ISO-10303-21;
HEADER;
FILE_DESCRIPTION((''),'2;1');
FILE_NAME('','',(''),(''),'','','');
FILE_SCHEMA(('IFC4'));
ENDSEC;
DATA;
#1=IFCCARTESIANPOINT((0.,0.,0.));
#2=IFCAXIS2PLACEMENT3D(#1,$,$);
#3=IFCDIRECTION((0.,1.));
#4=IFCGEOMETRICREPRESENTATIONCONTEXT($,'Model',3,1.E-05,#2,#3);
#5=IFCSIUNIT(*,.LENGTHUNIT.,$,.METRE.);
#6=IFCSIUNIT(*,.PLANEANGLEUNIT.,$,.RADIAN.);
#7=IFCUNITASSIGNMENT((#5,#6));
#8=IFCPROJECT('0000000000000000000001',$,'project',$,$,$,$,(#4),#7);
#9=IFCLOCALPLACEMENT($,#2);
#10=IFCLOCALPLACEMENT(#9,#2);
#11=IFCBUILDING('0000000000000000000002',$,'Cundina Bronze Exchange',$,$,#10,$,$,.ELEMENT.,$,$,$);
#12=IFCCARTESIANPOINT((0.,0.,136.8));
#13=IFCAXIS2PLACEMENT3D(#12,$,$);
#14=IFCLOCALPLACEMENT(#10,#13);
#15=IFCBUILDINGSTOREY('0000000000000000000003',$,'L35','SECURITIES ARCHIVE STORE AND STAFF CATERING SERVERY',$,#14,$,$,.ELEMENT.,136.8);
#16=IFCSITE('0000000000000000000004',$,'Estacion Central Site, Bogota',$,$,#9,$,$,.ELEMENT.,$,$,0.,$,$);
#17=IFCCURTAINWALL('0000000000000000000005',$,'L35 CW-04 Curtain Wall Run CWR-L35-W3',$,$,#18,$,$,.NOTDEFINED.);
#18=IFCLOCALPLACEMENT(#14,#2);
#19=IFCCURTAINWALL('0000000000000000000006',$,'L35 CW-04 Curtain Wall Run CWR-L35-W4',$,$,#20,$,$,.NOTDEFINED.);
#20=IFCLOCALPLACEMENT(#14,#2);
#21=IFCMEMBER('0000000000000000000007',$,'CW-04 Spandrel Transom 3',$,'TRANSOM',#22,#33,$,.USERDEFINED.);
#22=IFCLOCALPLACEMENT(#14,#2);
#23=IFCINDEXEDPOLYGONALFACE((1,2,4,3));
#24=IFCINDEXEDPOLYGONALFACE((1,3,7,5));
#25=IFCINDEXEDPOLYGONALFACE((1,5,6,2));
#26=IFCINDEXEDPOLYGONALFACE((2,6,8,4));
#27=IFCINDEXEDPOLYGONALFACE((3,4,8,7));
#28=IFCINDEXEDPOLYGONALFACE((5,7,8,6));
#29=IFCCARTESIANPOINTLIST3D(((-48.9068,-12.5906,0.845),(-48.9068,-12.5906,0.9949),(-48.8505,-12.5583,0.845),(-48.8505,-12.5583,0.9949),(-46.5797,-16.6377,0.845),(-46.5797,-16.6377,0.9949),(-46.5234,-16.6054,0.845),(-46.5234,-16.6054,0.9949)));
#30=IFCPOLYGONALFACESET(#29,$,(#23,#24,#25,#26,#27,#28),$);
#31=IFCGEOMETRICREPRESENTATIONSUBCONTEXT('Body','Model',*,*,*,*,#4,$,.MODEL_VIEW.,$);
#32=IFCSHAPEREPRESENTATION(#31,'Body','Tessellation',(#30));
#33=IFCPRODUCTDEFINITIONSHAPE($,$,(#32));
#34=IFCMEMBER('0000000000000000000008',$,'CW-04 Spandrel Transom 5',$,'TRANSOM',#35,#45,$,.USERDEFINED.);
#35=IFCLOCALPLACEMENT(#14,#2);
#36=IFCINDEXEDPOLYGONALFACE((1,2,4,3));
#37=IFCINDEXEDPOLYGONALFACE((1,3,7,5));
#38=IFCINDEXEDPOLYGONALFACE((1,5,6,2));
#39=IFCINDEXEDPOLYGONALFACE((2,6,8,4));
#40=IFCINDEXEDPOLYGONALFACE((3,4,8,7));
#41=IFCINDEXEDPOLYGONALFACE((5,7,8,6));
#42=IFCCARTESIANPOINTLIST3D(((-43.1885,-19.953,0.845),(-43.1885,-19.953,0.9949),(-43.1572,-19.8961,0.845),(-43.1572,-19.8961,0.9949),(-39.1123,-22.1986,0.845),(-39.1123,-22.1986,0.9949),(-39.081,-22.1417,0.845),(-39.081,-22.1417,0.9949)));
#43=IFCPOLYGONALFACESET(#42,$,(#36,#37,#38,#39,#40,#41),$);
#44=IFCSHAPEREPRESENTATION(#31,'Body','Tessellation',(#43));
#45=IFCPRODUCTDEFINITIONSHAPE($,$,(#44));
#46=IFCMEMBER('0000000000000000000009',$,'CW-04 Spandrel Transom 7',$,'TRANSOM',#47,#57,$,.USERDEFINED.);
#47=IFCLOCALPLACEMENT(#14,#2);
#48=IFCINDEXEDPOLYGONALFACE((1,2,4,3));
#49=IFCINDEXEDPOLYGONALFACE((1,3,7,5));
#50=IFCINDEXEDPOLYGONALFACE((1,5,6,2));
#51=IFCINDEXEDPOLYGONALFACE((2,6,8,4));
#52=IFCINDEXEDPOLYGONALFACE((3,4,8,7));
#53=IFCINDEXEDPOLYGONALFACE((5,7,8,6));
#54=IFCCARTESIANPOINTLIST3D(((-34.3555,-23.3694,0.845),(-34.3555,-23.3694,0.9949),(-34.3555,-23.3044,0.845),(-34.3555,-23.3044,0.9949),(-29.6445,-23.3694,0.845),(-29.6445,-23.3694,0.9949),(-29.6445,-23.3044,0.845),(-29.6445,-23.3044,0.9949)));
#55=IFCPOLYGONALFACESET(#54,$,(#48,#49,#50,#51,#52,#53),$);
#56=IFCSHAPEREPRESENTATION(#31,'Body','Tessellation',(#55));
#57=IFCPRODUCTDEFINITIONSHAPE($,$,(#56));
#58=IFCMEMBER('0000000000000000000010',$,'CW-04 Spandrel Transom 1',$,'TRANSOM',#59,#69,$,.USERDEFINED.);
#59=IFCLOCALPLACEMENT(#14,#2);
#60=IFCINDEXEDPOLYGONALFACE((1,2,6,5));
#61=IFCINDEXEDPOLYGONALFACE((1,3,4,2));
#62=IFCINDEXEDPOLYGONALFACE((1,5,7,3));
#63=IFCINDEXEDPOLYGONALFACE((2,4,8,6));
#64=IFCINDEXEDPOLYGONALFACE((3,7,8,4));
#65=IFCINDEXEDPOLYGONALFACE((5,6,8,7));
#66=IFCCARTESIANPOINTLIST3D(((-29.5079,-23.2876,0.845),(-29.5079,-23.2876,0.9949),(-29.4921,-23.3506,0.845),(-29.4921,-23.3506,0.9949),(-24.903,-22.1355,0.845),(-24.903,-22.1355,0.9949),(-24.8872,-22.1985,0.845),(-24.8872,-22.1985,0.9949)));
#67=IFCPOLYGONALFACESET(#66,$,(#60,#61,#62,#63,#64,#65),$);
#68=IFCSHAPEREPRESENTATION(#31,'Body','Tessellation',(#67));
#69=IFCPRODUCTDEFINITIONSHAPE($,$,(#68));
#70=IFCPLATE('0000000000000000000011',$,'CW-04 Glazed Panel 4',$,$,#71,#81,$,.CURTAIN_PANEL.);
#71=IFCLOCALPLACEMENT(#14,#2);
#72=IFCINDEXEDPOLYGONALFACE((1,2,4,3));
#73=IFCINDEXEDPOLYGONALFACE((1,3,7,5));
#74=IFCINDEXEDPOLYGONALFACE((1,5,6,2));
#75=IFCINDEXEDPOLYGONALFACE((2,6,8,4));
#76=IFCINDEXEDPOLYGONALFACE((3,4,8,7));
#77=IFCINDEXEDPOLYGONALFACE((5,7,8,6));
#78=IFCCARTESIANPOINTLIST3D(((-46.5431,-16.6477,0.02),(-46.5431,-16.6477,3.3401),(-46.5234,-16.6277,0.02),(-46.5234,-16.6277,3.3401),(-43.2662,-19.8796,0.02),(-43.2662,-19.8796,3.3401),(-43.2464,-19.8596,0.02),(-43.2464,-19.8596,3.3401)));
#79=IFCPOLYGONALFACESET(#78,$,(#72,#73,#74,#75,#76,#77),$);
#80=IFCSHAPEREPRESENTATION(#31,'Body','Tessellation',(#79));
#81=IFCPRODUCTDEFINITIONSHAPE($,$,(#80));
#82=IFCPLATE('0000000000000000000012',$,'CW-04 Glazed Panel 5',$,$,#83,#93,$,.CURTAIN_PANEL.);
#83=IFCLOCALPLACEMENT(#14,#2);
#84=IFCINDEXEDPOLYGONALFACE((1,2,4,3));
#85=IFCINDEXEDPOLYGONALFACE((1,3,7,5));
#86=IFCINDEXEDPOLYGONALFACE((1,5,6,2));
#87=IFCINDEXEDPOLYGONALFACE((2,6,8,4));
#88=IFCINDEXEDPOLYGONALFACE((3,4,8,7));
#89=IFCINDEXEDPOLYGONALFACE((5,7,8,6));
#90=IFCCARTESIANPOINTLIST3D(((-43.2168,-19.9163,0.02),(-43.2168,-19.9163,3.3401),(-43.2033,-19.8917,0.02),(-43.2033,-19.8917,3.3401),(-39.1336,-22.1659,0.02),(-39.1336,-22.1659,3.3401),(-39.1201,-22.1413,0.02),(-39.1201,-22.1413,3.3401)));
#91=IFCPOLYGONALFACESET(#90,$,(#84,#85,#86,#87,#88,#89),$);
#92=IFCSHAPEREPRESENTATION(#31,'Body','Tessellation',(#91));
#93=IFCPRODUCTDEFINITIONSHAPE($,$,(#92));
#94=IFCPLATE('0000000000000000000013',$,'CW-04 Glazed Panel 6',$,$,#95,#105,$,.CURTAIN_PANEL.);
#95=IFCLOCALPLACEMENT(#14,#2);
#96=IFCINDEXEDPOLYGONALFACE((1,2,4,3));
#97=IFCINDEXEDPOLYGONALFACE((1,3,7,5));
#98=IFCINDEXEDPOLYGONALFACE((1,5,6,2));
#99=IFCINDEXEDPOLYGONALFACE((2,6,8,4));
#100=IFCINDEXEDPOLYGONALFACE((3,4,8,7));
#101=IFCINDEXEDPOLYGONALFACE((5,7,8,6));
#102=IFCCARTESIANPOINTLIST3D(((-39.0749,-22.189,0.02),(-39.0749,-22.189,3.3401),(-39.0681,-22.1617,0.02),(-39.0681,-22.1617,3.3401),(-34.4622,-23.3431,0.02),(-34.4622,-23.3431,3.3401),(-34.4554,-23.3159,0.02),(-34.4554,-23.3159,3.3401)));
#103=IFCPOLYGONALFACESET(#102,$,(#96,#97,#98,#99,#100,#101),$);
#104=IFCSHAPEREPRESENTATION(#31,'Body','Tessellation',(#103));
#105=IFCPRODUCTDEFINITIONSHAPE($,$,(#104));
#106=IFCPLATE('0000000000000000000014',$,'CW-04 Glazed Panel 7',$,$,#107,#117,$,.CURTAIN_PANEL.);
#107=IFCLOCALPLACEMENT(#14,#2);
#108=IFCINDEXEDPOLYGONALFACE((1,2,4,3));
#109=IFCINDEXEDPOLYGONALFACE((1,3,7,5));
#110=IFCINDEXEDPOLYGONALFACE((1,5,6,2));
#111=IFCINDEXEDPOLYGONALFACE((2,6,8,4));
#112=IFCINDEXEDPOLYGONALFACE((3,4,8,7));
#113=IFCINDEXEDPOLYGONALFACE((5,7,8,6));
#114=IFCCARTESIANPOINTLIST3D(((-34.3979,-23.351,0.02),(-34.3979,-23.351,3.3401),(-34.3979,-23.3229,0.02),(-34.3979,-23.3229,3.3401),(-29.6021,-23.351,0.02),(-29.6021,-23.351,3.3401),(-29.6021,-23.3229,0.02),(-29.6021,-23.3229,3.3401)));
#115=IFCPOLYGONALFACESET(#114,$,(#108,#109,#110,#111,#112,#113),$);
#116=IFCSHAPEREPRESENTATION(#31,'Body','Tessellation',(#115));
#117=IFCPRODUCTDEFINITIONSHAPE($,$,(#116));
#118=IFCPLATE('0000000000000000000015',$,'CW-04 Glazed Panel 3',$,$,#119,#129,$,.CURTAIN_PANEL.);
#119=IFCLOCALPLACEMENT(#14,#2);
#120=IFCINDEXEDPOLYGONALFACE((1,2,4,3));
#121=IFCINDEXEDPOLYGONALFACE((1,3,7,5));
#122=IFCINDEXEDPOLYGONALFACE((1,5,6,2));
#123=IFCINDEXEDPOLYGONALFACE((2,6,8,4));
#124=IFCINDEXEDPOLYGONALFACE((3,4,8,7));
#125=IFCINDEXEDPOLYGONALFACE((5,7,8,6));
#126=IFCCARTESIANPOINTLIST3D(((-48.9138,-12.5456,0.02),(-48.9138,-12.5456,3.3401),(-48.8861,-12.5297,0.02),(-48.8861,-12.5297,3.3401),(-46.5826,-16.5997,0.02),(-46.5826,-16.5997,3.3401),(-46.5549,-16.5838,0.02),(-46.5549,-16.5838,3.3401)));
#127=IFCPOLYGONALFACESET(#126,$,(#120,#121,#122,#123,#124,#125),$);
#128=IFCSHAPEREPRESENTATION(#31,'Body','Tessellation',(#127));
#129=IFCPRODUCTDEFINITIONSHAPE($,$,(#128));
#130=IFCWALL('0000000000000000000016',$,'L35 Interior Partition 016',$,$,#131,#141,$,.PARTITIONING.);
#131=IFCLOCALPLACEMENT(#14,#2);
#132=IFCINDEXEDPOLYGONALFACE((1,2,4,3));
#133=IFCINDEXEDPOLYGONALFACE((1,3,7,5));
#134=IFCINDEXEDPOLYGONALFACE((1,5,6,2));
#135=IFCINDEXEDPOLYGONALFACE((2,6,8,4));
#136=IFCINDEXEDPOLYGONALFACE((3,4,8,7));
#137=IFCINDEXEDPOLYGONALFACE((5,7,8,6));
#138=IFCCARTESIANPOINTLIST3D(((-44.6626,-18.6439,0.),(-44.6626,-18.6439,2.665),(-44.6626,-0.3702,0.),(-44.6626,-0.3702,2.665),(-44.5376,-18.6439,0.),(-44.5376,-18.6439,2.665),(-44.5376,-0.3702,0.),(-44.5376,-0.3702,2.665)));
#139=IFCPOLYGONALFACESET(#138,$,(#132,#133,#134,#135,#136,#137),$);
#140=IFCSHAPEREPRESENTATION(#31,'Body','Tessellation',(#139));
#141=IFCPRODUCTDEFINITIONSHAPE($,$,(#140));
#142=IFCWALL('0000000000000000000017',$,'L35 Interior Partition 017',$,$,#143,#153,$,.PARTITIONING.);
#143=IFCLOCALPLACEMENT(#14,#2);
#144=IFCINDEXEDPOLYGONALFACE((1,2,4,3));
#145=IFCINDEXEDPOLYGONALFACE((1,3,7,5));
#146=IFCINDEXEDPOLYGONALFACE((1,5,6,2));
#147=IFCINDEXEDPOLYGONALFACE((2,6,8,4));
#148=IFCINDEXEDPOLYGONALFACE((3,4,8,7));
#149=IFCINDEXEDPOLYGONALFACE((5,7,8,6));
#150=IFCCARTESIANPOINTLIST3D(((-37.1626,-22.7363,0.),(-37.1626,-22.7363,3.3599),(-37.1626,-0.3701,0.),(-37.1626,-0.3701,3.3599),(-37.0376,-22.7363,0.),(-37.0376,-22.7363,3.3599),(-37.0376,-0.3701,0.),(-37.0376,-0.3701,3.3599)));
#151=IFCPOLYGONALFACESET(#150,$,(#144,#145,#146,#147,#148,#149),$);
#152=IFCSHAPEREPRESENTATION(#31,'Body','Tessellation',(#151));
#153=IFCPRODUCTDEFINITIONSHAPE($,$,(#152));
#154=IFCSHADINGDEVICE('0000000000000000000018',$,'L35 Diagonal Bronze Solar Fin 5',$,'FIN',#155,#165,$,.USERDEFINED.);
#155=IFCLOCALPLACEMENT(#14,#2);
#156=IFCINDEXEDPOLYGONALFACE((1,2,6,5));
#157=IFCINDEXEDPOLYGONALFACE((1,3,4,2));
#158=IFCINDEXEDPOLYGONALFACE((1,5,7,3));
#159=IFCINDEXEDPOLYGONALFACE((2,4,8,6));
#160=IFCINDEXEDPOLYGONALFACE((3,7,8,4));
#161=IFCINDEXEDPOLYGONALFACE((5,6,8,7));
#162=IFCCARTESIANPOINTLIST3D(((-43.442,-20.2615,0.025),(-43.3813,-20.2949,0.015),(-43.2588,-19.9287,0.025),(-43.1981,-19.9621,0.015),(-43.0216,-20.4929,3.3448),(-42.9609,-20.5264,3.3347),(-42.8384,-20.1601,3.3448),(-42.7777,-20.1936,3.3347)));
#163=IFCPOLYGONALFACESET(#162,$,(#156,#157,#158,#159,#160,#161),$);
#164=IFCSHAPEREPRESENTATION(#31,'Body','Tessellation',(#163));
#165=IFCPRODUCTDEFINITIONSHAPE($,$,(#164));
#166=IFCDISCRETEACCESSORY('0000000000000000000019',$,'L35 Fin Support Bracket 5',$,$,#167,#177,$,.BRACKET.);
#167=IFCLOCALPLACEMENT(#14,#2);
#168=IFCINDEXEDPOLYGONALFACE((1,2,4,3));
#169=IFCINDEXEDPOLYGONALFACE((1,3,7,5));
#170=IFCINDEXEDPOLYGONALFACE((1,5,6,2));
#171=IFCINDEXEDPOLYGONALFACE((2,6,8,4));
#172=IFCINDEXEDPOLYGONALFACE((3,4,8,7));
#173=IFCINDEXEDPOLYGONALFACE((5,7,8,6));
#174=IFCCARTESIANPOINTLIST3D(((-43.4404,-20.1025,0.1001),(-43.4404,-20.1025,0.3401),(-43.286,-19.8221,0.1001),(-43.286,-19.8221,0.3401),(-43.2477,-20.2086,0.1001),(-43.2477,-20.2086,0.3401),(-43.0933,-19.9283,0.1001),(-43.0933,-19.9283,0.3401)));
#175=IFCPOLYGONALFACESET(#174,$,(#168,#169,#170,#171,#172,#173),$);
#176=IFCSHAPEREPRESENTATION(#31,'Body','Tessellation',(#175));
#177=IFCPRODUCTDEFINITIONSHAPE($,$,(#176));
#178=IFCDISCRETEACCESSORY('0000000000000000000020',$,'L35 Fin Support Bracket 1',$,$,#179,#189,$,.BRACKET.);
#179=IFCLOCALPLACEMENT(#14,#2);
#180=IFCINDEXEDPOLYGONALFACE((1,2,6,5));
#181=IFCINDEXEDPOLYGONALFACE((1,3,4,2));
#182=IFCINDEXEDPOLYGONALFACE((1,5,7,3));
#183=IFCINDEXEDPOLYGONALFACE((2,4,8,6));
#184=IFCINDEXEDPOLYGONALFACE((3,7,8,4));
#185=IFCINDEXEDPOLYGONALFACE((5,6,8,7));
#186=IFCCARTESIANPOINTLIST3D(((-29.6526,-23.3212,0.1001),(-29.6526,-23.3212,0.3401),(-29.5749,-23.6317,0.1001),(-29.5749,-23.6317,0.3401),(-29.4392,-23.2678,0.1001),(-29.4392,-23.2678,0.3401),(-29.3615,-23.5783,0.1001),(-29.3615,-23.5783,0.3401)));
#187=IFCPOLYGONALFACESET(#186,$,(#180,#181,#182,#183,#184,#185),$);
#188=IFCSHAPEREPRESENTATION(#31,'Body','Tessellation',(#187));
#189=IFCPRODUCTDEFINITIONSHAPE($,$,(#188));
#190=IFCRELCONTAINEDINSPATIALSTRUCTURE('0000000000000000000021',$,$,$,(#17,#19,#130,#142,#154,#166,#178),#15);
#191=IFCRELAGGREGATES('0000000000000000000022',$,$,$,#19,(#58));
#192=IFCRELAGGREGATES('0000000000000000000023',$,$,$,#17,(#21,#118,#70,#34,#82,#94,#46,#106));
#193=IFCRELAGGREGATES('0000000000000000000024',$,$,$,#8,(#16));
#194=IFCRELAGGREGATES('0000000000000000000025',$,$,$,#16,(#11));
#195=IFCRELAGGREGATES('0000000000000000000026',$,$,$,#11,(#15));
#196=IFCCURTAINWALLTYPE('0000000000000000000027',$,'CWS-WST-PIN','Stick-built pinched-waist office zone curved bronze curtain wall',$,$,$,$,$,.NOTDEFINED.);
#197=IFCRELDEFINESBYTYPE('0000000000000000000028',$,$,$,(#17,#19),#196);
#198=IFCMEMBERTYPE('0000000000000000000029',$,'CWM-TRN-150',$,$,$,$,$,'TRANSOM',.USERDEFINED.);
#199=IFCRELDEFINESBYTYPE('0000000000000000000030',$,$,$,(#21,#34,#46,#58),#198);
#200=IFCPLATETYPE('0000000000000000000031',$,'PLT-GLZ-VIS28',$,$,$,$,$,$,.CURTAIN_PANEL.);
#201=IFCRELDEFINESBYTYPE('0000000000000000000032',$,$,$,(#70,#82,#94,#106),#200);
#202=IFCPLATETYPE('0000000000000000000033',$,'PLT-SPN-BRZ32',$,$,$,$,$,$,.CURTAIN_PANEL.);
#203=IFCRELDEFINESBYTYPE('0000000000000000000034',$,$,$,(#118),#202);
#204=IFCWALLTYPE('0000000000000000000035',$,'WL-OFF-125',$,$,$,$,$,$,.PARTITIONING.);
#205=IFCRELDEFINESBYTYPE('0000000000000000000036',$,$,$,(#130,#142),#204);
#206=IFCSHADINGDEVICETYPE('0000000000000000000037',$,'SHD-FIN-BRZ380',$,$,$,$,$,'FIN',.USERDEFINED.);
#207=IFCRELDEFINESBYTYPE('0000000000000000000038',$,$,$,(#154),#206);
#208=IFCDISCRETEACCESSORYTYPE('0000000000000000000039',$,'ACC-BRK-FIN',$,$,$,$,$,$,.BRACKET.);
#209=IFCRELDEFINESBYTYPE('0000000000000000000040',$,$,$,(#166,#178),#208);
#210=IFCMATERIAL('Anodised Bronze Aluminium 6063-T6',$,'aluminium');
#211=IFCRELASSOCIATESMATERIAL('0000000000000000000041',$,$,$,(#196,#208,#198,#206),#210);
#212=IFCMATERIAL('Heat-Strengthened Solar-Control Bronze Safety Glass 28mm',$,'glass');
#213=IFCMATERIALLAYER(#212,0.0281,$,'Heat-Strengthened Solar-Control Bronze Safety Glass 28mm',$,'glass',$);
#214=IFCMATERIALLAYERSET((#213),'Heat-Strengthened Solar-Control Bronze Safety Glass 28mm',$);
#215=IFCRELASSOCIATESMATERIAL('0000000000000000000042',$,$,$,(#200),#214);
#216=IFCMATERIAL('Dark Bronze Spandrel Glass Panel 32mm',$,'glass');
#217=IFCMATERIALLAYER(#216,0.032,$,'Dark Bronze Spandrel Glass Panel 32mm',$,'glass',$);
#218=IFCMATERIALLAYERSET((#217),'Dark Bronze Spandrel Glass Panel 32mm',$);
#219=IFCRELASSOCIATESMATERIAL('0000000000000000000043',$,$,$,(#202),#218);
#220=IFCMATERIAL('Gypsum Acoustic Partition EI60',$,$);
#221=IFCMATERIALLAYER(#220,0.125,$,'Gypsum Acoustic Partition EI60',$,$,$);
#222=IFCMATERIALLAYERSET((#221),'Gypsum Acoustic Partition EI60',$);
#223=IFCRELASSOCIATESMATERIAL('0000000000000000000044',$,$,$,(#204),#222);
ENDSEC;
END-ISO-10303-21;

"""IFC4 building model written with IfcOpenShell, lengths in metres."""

from ifc_helpers import new_model, si_unit, direction, frame, frame_2d, origin, origin_2d, place, context, subcontext, project, spatial, rectangle, extrude, material, layer, layer_set, material_profile, profile_set, type_object, element, aggregate, save


model = new_model("IFC4")

# Units and contexts
model_context = context("Model", 3, precision=1e-05, world=origin(), true_north=direction((0.0, 1.0)))
body_context = subcontext(model_context, "Body", "Model", "MODEL_VIEW")
ifc_project = project(units=[si_unit("LENGTHUNIT", "METRE"), si_unit("PLANEANGLEUNIT", "RADIAN")], contexts=[model_context])

# Site, building, storey
site_placement = place(None, origin())
site = spatial("IfcSite", under=ifc_project, at=site_placement, Name="Estacion Central Site, Bogota", CompositionType="ELEMENT", RefElevation=0.0)
building_placement = place(site_placement, origin())
building = spatial("IfcBuilding", under=site, at=building_placement, Name="Cundina Bronze Exchange", CompositionType="ELEMENT")
storey_placement = place(building_placement, frame((0.0, 0.0, 136.8)))
storey = spatial("IfcBuildingStorey", under=building, at=storey_placement, Name="L35", Description="SECURITIES ARCHIVE STORE AND STAFF CATERING SERVERY", CompositionType="ELEMENT", Elevation=136.8)

# Curtain wall
ifc_material_1 = material(Name="Anodised Bronze Aluminium 6063-T6", Category="aluminium")
curtain_wall_type = type_object("IfcCurtainWallType", Name="CWS-WST-PIN", Description="Stick-built pinched-waist office zone curved bronze curtain wall", PredefinedType="NOTDEFINED", material=ifc_material_1)
curtain_wall_1_placement = place(storey_placement, origin())
curtain_wall_1 = element("IfcCurtainWall", 1, at=curtain_wall_1_placement, inside=storey, type_object=curtain_wall_type, Name="L35 CW-04 Curtain Wall Run CWR-L35-W3", PredefinedType="NOTDEFINED")

# Curtain wall
curtain_wall_2_placement = place(storey_placement, origin())
curtain_wall_2 = element("IfcCurtainWall", 2, at=curtain_wall_2_placement, inside=storey, type_object=curtain_wall_type, Name="L35 CW-04 Curtain Wall Run CWR-L35-W4", PredefinedType="NOTDEFINED")

# Members
ifc_material_profile_1 = material_profile(ifc_material_1, rectangle(XDim=0.0649, YDim=0.1499, at=origin_2d()), Name="AL65X150", Category="aluminium")
ifc_profile_set_1 = profile_set([ifc_material_profile_1], Name="Anodised Bronze Aluminium 6063-T6")
member_type_1 = type_object("IfcMemberType", Name="CWM-TRN-150", ElementType="TRANSOM", PredefinedType="USERDEFINED", material=ifc_profile_set_1)
member_1_placement = place(storey_placement, frame((-48.8787, -12.5745, 0.9199), z_axis=(0.49848, -0.866901, 0.0), x_axis=(0.866901, 0.49848, 0.0)))
member_1 = element("IfcMember", 3, at=member_1_placement, type_object=member_type_1, Name="CW-04 Spandrel Transom 3", ObjectType="TRANSOM", PredefinedType="USERDEFINED", context=body_context, shape_type="SweptSolid", body=[
    extrude(rectangle(XDim=0.0649, YDim=0.1499, at=origin_2d()), origin(), (0.0, 0.0, 1.0), 4.6685),
])
member_2_placement = place(storey_placement, frame((-43.1729, -19.9246, 0.9199), z_axis=(0.875879, -0.482531, 0.0), x_axis=(0.482531, 0.875879, 0.0)))
member_2 = element("IfcMember", 4, at=member_2_placement, type_object=member_type_1, Name="CW-04 Spandrel Transom 5", ObjectType="TRANSOM", PredefinedType="USERDEFINED", context=body_context, shape_type="SweptSolid", body=[
    extrude(rectangle(XDim=0.0649, YDim=0.1499, at=origin_2d()), origin(), (0.0, 0.0, 1.0), 4.6538),
])
member_3_placement = place(storey_placement, frame((-34.3555, -23.3369, 0.9199), z_axis=(1.0, 0.0, 0.0), x_axis=(0.0, 1.0, 0.0)))
member_3 = element("IfcMember", 5, at=member_3_placement, type_object=member_type_1, Name="CW-04 Spandrel Transom 7", ObjectType="TRANSOM", PredefinedType="USERDEFINED", context=body_context, shape_type="SweptSolid", body=[
    extrude(rectangle(XDim=0.0649, YDim=0.1499, at=origin_2d()), origin(), (0.0, 0.0, 1.0), 4.7109),
])
member_4_placement = place(storey_placement, frame((-29.5, -23.3191, 0.9199), z_axis=(0.9701, 0.242705, 0.0), x_axis=(-0.242705, 0.9701, 0.0)))
member_4 = element("IfcMember", 6, at=member_4_placement, type_object=member_type_1, Name="CW-04 Spandrel Transom 1", ObjectType="TRANSOM", PredefinedType="USERDEFINED", context=body_context, shape_type="SweptSolid", body=[
    extrude(rectangle(XDim=0.0649, YDim=0.1499, at=origin_2d()), origin(), (0.0, 0.0, 1.0), 4.7468),
])
aggregate(curtain_wall_2, [member_4])

# Plates
ifc_material_2 = material(Name="Heat-Strengthened Solar-Control Bronze Safety Glass 28mm", Category="glass")
ifc_layer_1 = layer(ifc_material_2, 0.0281, Name="Heat-Strengthened Solar-Control Bronze Safety Glass 28mm", Category="glass")
ifc_layer_set_1 = layer_set([ifc_layer_1], Name="Heat-Strengthened Solar-Control Bronze Safety Glass 28mm")
plate_type_1 = type_object("IfcPlateType", Name="PLT-GLZ-VIS28", PredefinedType="CURTAIN_PANEL", material=ifc_layer_set_1)
plate_1_placement = place(storey_placement, frame((-44.8948, -18.2537, 0.02), z_axis=(0.0, 0.0, 1.0), x_axis=(0.711989, -0.70219, 0.0)))
plate_1 = element("IfcPlate", 7, at=plate_1_placement, type_object=plate_type_1, Name="CW-04 Glazed Panel 4", PredefinedType="CURTAIN_PANEL", context=body_context, shape_type="SweptSolid", body=[
    extrude(rectangle(XDim=4.6025, YDim=0.0281, at=origin_2d()), origin(), (0.0, 0.0, 1.0), 3.3201),
])
plate_2_placement = place(storey_placement, frame((-41.1685, -21.0288, 0.02), z_axis=(0.0, 0.0, 1.0), x_axis=(0.875869, -0.482549, 0.0)))
plate_2 = element("IfcPlate", 8, at=plate_2_placement, type_object=plate_type_1, Name="CW-04 Glazed Panel 5", PredefinedType="CURTAIN_PANEL", context=body_context, shape_type="SweptSolid", body=[
    extrude(rectangle(XDim=4.6619, YDim=0.0281, at=origin_2d()), origin(), (0.0, 0.0, 1.0), 3.3201),
])
plate_3_placement = place(storey_placement, frame((-36.7651, -22.7524, 0.02), z_axis=(0.0, 0.0, 1.0), x_axis=(0.970093, -0.242735, 0.0)))
plate_3 = element("IfcPlate", 9, at=plate_3_placement, type_object=plate_type_1, Name="CW-04 Glazed Panel 6", PredefinedType="CURTAIN_PANEL", context=body_context, shape_type="SweptSolid", body=[
    extrude(rectangle(XDim=4.7549, YDim=0.0281, at=origin_2d()), origin(), (0.0, 0.0, 1.0), 3.3201),
])
plate_4_placement = place(storey_placement, frame((-32.0, -23.3369, 0.02), z_axis=(0.0, 0.0, 1.0), x_axis=(1.0, 0.0, 0.0)))
plate_4 = element("IfcPlate", 10, at=plate_4_placement, type_object=plate_type_1, Name="CW-04 Glazed Panel 7", PredefinedType="CURTAIN_PANEL", context=body_context, shape_type="SweptSolid", body=[
    extrude(rectangle(XDim=4.7959, YDim=0.0281, at=origin_2d()), origin(), (0.0, 0.0, 1.0), 3.3201),
])
ifc_material_3 = material(Name="Dark Bronze Spandrel Glass Panel 32mm", Category="glass")
ifc_layer_2 = layer(ifc_material_3, 0.032, Name="Dark Bronze Spandrel Glass Panel 32mm", Category="glass")
ifc_layer_set_2 = layer_set([ifc_layer_2], Name="Dark Bronze Spandrel Glass Panel 32mm")
plate_type_2 = type_object("IfcPlateType", Name="PLT-SPN-BRZ32", PredefinedType="CURTAIN_PANEL", material=ifc_layer_set_2)
plate_5_placement = place(storey_placement, frame((-47.7344, -14.5647, 0.02), z_axis=(0.0, 0.0, 1.0), x_axis=(0.498488, -0.866897, 0.0)))
plate_5 = element("IfcPlate", 11, at=plate_5_placement, type_object=plate_type_2, Name="CW-04 Glazed Panel 3", PredefinedType="CURTAIN_PANEL", context=body_context, shape_type="SweptSolid", body=[
    extrude(rectangle(XDim=4.6765, YDim=0.032, at=origin_2d()), origin(), (0.0, 0.0, 1.0), 3.3201),
])
aggregate(curtain_wall_1, [member_1, plate_5, plate_1, member_2, plate_2, plate_3, member_3, plate_4])

# Walls
ifc_material_4 = material(Name="Gypsum Acoustic Partition EI60")
ifc_layer_3 = layer(ifc_material_4, 0.125, Name="Gypsum Acoustic Partition EI60")
ifc_layer_set_3 = layer_set([ifc_layer_3], Name="Gypsum Acoustic Partition EI60")
wall_type = type_object("IfcWallType", Name="WL-OFF-125", PredefinedType="PARTITIONING", material=ifc_layer_set_3)
wall_1_placement = place(storey_placement, frame((-44.6001, -18.6438, 0.0), z_axis=(0.0, 0.0, 1.0), x_axis=(0.0, 1.0, 0.0)))
element("IfcWall", 12, at=wall_1_placement, inside=storey, type_object=wall_type, Name="L35 Interior Partition 016", PredefinedType="PARTITIONING", context=body_context, shape_type="SweptSolid", body=[
    extrude(rectangle(XDim=18.2737, YDim=0.125, at=frame_2d((9.1367, 0.0))), origin(), (0.0, 0.0, 1.0), 2.665),
])
wall_2_placement = place(storey_placement, frame((-37.1001, -22.7363, 0.0), z_axis=(0.0, 0.0, 1.0), x_axis=(0.0, 1.0, 0.0)))
element("IfcWall", 13, at=wall_2_placement, inside=storey, type_object=wall_type, Name="L35 Interior Partition 017", PredefinedType="PARTITIONING", context=body_context, shape_type="SweptSolid", body=[
    extrude(rectangle(XDim=22.3662, YDim=0.125, at=frame_2d((11.1831, 0.0))), origin(), (0.0, 0.0, 1.0), 3.3599),
])

# Shading device
ifc_material_profile_2 = material_profile(ifc_material_1, rectangle(XDim=0.0701, YDim=0.3799, at=origin_2d()), Name="FIN70X380", Category="aluminium")
ifc_profile_set_2 = profile_set([ifc_material_profile_2], Name="Anodised Bronze Aluminium 6063-T6")
shading_device_type = type_object("IfcShadingDeviceType", Name="SHD-FIN-BRZ380", ElementType="FIN", PredefinedType="USERDEFINED", material=ifc_profile_set_2)
shading_device_placement = place(storey_placement, frame((-43.3201, -20.1118, 0.02), z_axis=(0.125333, -0.068999, 0.989712), x_axis=(-0.86701, 0.477309, 0.143071)))
element("IfcShadingDevice", 14, at=shading_device_placement, inside=storey, type_object=shading_device_type, Name="L35 Diagonal Bronze Solar Fin 5", ObjectType="FIN", PredefinedType="USERDEFINED", context=body_context, shape_type="SweptSolid", body=[
    extrude(rectangle(XDim=0.0701, YDim=0.3799, at=origin_2d()), origin(), (0.0, 0.0, 1.0), 3.3542),
])

# Discrete accessories
discrete_accessory_type = type_object("IfcDiscreteAccessoryType", Name="ACC-BRK-FIN", PredefinedType="BRACKET", material=ifc_material_1)
for number, where, z_axis, x_axis, name in (
    (15, (-43.2668, -20.0154, 0.1001), (0.0, 0.0, 1.0), (0.875869, -0.482549, 0.0), "L35 Fin Support Bracket 5"),
    (16, (-29.5071, -23.4497, 0.1001), (0.0, 0.0, 1.0), (0.970093, 0.242735, 0.0), "L35 Fin Support Bracket 1"),
):
    element("IfcDiscreteAccessory", number, at=place(storey_placement, frame(where, z_axis=z_axis, x_axis=x_axis)), inside=storey, type_object=discrete_accessory_type, Name=name, PredefinedType="BRACKET", context=body_context, shape_type="SweptSolid", body=[
        extrude(rectangle(XDim=0.22, YDim=0.3201, at=origin_2d()), origin(), (0.0, 0.0, 1.0), 0.24),
    ])

save(model, "model.ifc")
